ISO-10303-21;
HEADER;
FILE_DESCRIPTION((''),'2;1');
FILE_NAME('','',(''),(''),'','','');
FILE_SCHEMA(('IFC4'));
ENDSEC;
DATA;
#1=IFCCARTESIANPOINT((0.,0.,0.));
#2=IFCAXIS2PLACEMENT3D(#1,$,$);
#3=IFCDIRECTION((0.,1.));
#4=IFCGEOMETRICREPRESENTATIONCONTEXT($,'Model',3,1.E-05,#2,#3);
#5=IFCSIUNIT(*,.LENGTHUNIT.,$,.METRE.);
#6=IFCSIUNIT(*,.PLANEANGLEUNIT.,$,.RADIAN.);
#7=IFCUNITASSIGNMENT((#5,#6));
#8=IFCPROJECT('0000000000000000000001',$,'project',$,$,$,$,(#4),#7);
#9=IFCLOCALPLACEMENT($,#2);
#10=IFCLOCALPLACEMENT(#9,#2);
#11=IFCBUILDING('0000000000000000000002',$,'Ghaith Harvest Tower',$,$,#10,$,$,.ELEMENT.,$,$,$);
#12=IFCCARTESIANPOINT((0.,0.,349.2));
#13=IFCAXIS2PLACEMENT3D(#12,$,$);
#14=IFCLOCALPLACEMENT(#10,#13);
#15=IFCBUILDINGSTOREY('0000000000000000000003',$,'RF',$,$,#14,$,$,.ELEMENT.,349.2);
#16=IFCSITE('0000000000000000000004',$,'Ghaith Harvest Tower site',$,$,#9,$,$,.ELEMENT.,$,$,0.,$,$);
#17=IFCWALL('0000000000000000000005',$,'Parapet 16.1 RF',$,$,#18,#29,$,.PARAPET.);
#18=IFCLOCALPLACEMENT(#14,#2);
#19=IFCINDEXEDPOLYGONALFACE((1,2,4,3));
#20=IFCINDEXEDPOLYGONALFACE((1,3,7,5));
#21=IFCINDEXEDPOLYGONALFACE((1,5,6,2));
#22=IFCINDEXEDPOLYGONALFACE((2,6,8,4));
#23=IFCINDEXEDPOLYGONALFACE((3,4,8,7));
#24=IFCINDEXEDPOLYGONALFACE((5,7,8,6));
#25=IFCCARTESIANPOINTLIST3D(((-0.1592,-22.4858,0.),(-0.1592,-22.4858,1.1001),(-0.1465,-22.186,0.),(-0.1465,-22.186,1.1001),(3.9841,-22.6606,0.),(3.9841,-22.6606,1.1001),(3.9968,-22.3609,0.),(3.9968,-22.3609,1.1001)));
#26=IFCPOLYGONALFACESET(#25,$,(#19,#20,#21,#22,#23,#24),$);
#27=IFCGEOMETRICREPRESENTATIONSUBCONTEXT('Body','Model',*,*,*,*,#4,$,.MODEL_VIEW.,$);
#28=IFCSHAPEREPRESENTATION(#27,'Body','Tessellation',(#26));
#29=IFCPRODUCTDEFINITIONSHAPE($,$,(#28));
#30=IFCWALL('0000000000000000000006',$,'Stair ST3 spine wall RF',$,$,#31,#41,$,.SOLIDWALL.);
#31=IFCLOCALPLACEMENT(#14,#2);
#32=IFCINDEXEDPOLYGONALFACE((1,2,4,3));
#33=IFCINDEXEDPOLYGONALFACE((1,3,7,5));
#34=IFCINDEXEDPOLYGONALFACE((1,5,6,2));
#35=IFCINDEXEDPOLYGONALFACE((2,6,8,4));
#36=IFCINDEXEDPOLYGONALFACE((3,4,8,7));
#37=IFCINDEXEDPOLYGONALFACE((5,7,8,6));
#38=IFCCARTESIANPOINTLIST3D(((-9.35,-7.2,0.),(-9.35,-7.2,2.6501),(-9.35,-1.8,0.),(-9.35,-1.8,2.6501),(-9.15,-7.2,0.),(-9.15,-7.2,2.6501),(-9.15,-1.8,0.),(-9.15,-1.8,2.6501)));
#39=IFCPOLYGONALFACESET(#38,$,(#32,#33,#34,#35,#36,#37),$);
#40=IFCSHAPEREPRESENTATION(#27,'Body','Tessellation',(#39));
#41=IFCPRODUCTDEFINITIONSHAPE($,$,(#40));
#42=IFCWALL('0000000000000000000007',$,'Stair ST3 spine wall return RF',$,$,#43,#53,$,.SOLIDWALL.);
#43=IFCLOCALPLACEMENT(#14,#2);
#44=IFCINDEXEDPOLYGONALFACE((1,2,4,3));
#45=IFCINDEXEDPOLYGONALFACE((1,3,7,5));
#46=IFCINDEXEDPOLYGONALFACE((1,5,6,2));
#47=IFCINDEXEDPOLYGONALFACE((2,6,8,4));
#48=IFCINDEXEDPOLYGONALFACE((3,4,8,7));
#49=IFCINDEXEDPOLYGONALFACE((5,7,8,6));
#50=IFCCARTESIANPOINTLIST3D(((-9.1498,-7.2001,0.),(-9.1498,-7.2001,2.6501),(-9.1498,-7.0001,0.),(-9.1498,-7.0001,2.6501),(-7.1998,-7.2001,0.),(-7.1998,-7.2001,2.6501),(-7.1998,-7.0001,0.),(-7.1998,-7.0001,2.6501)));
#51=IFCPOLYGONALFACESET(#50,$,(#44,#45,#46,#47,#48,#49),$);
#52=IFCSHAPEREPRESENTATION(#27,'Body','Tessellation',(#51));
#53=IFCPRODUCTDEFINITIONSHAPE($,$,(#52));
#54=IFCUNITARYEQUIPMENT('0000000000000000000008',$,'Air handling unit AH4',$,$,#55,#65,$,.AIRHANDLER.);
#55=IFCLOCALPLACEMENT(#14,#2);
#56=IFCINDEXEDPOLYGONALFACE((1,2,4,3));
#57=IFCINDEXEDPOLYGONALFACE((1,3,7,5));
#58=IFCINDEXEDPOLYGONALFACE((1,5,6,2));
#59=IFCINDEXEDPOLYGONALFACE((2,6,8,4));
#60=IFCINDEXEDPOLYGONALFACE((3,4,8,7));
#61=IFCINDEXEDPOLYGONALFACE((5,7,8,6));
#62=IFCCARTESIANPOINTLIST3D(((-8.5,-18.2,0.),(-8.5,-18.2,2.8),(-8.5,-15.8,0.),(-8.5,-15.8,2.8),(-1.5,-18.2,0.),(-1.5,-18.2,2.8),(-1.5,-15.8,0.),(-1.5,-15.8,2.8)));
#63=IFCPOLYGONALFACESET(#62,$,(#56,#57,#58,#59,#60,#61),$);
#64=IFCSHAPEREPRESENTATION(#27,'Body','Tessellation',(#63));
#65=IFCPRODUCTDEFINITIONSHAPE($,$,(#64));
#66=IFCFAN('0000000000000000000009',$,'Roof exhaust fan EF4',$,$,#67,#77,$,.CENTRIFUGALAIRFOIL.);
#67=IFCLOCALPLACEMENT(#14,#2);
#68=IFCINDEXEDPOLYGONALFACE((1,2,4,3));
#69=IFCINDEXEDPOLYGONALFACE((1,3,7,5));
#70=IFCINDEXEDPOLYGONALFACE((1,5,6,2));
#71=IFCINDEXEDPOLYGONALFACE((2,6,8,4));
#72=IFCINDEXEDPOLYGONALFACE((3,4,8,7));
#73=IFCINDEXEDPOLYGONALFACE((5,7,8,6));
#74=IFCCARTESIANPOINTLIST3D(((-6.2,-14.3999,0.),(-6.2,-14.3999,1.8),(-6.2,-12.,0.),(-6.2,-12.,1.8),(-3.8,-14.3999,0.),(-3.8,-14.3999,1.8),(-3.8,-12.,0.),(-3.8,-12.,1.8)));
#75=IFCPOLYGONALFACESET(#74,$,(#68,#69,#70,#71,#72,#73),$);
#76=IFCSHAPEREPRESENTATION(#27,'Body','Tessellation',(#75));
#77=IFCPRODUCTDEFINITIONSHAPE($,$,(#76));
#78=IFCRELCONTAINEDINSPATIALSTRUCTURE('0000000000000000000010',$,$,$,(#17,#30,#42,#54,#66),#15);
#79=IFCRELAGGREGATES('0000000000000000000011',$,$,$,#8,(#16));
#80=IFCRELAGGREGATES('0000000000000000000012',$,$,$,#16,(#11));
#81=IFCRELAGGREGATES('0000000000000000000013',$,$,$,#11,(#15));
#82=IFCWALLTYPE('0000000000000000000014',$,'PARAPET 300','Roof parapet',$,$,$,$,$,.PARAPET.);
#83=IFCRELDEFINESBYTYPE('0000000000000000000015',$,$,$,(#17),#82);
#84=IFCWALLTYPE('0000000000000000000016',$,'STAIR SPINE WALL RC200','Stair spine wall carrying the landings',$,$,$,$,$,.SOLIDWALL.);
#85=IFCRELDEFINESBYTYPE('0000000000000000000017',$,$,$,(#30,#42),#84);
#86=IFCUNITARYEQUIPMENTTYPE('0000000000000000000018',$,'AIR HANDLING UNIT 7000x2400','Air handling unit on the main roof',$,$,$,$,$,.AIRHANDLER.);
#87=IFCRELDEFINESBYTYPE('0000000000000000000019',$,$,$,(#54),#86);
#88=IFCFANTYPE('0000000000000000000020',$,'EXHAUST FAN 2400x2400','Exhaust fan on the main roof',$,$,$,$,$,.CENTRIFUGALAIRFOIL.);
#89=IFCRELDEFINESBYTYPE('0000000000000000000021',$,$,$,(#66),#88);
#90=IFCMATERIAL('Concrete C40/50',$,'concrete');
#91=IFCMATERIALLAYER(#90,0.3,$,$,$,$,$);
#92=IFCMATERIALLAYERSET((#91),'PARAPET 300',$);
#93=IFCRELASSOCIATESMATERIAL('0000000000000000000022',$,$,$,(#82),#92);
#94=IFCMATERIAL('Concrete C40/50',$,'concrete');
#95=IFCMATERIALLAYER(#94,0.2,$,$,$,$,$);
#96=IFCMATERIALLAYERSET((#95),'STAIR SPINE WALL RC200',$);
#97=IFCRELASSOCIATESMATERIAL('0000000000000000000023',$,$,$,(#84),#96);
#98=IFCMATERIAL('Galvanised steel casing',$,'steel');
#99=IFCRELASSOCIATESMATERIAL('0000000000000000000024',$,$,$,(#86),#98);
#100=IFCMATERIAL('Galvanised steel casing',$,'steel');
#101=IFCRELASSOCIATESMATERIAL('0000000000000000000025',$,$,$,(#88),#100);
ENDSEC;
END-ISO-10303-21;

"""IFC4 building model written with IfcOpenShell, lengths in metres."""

from ifc_helpers import new_model, si_unit, direction, frame, frame_2d, origin, origin_2d, place, context, subcontext, project, spatial, rectangle, extrude, material, layer, layer_set, type_object, element, save


model = new_model("IFC4")

# Units and contexts
model_context = context("Model", 3, precision=1e-05, world=origin(), true_north=direction((0.0, 1.0)))
body_context = subcontext(model_context, "Body", "Model", "MODEL_VIEW")
ifc_project = project(units=[si_unit("LENGTHUNIT", "METRE"), si_unit("PLANEANGLEUNIT", "RADIAN")], contexts=[model_context])

# Site, building, storey
site_placement = place(None, origin())
site = spatial("IfcSite", under=ifc_project, at=site_placement, Name="Ghaith Harvest Tower site", CompositionType="ELEMENT", RefElevation=0.0)
building_placement = place(site_placement, origin())
building = spatial("IfcBuilding", under=site, at=building_placement, Name="Ghaith Harvest Tower", CompositionType="ELEMENT")
storey_placement = place(building_placement, frame((0.0, 0.0, 349.2)))
storey = spatial("IfcBuildingStorey", under=building, at=storey_placement, Name="RF", CompositionType="ELEMENT", Elevation=349.2)

# Walls
ifc_material_1 = material(Name="Concrete C40/50", Category="concrete")
ifc_layer_1 = layer(ifc_material_1, 0.3)
ifc_layer_set_1 = layer_set([ifc_layer_1], Name="PARAPET 300")
wall_type_1 = type_object("IfcWallType", Name="PARAPET 300", Description="Roof parapet", PredefinedType="PARAPET", material=ifc_layer_set_1)
wall_1_placement = place(storey_placement, frame((-0.1528, -22.3359, 0.0), z_axis=(0.0, 0.0, 1.0), x_axis=(0.999111, -0.042152, 0.0)))
element("IfcWall", 1, at=wall_1_placement, inside=storey, type_object=wall_type_1, Name="Parapet 16.1 RF", PredefinedType="PARAPET", context=body_context, shape_type="SweptSolid", body=[
    extrude(rectangle(XDim=4.147, YDim=0.3, at=frame_2d((2.0735, 0.0))), origin(), (0.0, 0.0, 1.0), 1.1001),
])
ifc_material_2 = material(Name="Concrete C40/50", Category="concrete")
ifc_layer_2 = layer(ifc_material_2, 0.2)
ifc_layer_set_2 = layer_set([ifc_layer_2], Name="STAIR SPINE WALL RC200")
wall_type_2 = type_object("IfcWallType", Name="STAIR SPINE WALL RC200", Description="Stair spine wall carrying the landings", PredefinedType="SOLIDWALL", material=ifc_layer_set_2)
wall_2_placement = place(storey_placement, frame((-9.25, -7.2, 0.0), z_axis=(0.0, 0.0, 1.0), x_axis=(0.0, 1.0, 0.0)))
element("IfcWall", 2, at=wall_2_placement, inside=storey, type_object=wall_type_2, Name="Stair ST3 spine wall RF", PredefinedType="SOLIDWALL", context=body_context, shape_type="SweptSolid", body=[
    extrude(rectangle(XDim=5.3999, YDim=0.2, at=frame_2d((2.7, 0.0))), origin(), (0.0, 0.0, 1.0), 2.6501),
])
wall_3_placement = place(storey_placement, frame((-9.1499, -7.1001, 0.0), z_axis=(0.0, 0.0, 1.0), x_axis=(1.0, 0.0, 0.0)))
element("IfcWall", 3, at=wall_3_placement, inside=storey, type_object=wall_type_2, Name="Stair ST3 spine wall return RF", PredefinedType="SOLIDWALL", context=body_context, shape_type="SweptSolid", body=[
    extrude(rectangle(XDim=1.95, YDim=0.2, at=frame_2d((0.9751, 0.0))), origin(), (0.0, 0.0, 1.0), 2.6501),
])

# Unitary equipment
ifc_material_3 = material(Name="Galvanised steel casing", Category="steel")
unitary_equipment_type = type_object("IfcUnitaryEquipmentType", Name="AIR HANDLING UNIT 7000x2400", Description="Air handling unit on the main roof", PredefinedType="AIRHANDLER", material=ifc_material_3)
unitary_equipment_placement = place(storey_placement, frame((-5.0, -17.0, 0.0), z_axis=(0.0, 0.0, 1.0), x_axis=(1.0, 0.0, 0.0)))
element("IfcUnitaryEquipment", 4, at=unitary_equipment_placement, inside=storey, type_object=unitary_equipment_type, Name="Air handling unit AH4", PredefinedType="AIRHANDLER", context=body_context, shape_type="SweptSolid", body=[
    extrude(rectangle(XDim=7.0, YDim=2.3999, at=origin_2d()), origin(), (0.0, 0.0, 1.0), 2.8),
])

# Fan
ifc_material_4 = material(Name="Galvanised steel casing", Category="steel")
fan_type = type_object("IfcFanType", Name="EXHAUST FAN 2400x2400", Description="Exhaust fan on the main roof", PredefinedType="CENTRIFUGALAIRFOIL", material=ifc_material_4)
fan_placement = place(storey_placement, frame((-5.0, -13.2, 0.0), z_axis=(0.0, 0.0, 1.0), x_axis=(1.0, 0.0, 0.0)))
element("IfcFan", 5, at=fan_placement, inside=storey, type_object=fan_type, Name="Roof exhaust fan EF4", PredefinedType="CENTRIFUGALAIRFOIL", context=body_context, shape_type="SweptSolid", body=[
    extrude(rectangle(XDim=2.3999, YDim=2.3999, at=origin_2d()), origin(), (0.0, 0.0, 1.0), 1.8),
])

save(model, "model.ifc")
